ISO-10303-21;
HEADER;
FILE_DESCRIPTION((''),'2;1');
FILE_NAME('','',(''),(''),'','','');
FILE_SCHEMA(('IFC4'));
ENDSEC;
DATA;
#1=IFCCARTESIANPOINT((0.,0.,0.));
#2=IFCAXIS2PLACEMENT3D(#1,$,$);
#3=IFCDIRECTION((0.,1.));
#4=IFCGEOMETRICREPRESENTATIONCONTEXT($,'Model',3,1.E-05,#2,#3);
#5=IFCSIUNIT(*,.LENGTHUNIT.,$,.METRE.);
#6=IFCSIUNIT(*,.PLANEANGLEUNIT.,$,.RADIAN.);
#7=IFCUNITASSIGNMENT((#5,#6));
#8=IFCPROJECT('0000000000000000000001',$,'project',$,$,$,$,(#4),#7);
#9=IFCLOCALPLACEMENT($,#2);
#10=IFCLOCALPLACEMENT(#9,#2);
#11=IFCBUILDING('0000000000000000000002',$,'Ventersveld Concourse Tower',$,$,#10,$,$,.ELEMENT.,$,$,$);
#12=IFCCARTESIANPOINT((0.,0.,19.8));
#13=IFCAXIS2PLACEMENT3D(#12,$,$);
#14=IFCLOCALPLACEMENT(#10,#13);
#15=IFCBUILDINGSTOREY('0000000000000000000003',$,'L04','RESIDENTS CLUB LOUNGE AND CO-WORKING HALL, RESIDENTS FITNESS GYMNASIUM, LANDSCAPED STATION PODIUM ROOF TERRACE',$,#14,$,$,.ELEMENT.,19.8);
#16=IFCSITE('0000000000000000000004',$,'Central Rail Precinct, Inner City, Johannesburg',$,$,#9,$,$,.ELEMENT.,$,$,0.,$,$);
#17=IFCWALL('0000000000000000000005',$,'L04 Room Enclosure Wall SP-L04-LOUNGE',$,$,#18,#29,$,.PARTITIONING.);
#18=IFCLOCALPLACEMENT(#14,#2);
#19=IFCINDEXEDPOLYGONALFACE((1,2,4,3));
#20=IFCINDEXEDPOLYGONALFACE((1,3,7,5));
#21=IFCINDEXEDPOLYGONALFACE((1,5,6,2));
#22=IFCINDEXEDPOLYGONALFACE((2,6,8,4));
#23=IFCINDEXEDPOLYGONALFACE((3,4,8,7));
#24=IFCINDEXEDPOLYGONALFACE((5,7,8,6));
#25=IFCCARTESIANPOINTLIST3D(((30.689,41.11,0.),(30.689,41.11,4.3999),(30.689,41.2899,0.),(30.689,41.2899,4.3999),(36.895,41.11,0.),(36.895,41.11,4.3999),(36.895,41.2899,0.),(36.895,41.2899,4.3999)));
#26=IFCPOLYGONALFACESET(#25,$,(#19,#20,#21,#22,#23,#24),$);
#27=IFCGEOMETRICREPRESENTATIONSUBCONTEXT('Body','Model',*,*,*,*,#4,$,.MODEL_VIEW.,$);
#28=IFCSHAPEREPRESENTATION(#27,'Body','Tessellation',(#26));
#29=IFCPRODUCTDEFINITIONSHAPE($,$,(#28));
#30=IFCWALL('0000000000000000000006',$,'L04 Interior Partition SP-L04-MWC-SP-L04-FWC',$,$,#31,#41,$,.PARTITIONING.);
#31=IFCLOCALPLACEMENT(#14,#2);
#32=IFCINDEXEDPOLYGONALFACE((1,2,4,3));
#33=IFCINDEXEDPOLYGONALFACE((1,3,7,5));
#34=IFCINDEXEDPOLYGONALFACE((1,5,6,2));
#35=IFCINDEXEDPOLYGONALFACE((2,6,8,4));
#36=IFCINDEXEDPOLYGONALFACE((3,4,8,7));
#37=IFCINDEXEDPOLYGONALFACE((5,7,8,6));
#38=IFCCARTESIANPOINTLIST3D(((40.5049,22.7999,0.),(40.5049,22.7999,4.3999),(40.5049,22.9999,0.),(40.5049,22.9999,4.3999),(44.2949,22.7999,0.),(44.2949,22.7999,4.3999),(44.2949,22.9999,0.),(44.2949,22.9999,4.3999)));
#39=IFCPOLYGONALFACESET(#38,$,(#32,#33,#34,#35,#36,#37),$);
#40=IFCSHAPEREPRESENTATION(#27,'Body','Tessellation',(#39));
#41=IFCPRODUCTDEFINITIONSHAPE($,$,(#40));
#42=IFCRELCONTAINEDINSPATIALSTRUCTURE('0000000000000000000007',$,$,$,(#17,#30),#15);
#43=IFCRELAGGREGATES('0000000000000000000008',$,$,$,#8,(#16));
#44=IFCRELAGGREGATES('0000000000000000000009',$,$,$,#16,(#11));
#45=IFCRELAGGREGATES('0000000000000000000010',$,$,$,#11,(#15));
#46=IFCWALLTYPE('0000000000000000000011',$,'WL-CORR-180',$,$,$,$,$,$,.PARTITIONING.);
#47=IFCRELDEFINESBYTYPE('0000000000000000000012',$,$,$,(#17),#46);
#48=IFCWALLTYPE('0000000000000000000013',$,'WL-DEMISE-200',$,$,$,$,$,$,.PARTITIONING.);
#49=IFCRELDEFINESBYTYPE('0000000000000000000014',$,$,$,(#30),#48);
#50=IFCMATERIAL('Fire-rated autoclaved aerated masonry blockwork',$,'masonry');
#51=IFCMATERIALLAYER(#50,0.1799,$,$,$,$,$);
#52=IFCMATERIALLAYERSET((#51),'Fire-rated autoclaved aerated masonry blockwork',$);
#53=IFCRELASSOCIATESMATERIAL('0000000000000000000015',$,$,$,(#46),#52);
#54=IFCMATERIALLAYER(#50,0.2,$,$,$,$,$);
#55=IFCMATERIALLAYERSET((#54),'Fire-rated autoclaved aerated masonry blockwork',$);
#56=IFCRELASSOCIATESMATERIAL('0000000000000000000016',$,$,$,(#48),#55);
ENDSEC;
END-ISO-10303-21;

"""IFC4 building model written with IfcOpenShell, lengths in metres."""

from ifc_helpers import new_model, si_unit, direction, frame, frame_2d, origin, place, context, subcontext, project, spatial, rectangle, extrude, material, layer, layer_set, type_object, element, save


model = new_model("IFC4")

# Units and contexts
model_context = context("Model", 3, precision=1e-05, world=origin(), true_north=direction((0.0, 1.0)))
body_context = subcontext(model_context, "Body", "Model", "MODEL_VIEW")
ifc_project = project(units=[si_unit("LENGTHUNIT", "METRE"), si_unit("PLANEANGLEUNIT", "RADIAN")], contexts=[model_context])

# Site, building, storey
site_placement = place(None, origin())
site = spatial("IfcSite", under=ifc_project, at=site_placement, Name="Central Rail Precinct, Inner City, Johannesburg", CompositionType="ELEMENT", RefElevation=0.0)
building_placement = place(site_placement, origin())
building = spatial("IfcBuilding", under=site, at=building_placement, Name="Ventersveld Concourse Tower", CompositionType="ELEMENT")
storey_placement = place(building_placement, frame((0.0, 0.0, 19.8)))
storey = spatial("IfcBuildingStorey", under=building, at=storey_placement, Name="L04", Description="RESIDENTS CLUB LOUNGE AND CO-WORKING HALL, RESIDENTS FITNESS GYMNASIUM, LANDSCAPED STATION PODIUM ROOF TERRACE", CompositionType="ELEMENT", Elevation=19.8)

# Shared definitions
ifc_material_1 = material(Name="Fire-rated autoclaved aerated masonry blockwork", Category="masonry")
ifc_layer_1 = layer(ifc_material_1, 0.1799)
ifc_layer_set_1 = layer_set([ifc_layer_1], Name="Fire-rated autoclaved aerated masonry blockwork")
wall_type_1 = type_object("IfcWallType", Name="WL-CORR-180", PredefinedType="PARTITIONING", material=ifc_layer_set_1)

# Walls
wall_1_placement = place(storey_placement, frame((36.895, 41.2, 0.0), z_axis=(0.0, 0.0, 1.0), x_axis=(-1.0, 0.0, 0.0)))
element("IfcWall", 1, at=wall_1_placement, inside=storey, type_object=wall_type_1, Name="L04 Room Enclosure Wall SP-L04-LOUNGE", PredefinedType="PARTITIONING", context=body_context, shape_type="SweptSolid", body=[
    extrude(rectangle(XDim=6.2061, YDim=0.1799, at=frame_2d((3.103, 0.0))), origin(), (0.0, 0.0, 1.0), 4.3999),
])
ifc_layer_2 = layer(ifc_material_1, 0.2)
ifc_layer_set_2 = layer_set([ifc_layer_2], Name="Fire-rated autoclaved aerated masonry blockwork")
wall_type_2 = type_object("IfcWallType", Name="WL-DEMISE-200", PredefinedType="PARTITIONING", material=ifc_layer_set_2)
wall_2_placement = place(storey_placement, frame((40.5049, 22.8999, 0.0), z_axis=(0.0, 0.0, 1.0), x_axis=(1.0, 0.0, 0.0)))
element("IfcWall", 2, at=wall_2_placement, inside=storey, type_object=wall_type_2, Name="L04 Interior Partition SP-L04-MWC-SP-L04-FWC", PredefinedType="PARTITIONING", context=body_context, shape_type="SweptSolid", body=[
    extrude(rectangle(XDim=3.79, YDim=0.2, at=frame_2d((1.895, 0.0))), origin(), (0.0, 0.0, 1.0), 4.3999),
])

save(model, "model.ifc")
